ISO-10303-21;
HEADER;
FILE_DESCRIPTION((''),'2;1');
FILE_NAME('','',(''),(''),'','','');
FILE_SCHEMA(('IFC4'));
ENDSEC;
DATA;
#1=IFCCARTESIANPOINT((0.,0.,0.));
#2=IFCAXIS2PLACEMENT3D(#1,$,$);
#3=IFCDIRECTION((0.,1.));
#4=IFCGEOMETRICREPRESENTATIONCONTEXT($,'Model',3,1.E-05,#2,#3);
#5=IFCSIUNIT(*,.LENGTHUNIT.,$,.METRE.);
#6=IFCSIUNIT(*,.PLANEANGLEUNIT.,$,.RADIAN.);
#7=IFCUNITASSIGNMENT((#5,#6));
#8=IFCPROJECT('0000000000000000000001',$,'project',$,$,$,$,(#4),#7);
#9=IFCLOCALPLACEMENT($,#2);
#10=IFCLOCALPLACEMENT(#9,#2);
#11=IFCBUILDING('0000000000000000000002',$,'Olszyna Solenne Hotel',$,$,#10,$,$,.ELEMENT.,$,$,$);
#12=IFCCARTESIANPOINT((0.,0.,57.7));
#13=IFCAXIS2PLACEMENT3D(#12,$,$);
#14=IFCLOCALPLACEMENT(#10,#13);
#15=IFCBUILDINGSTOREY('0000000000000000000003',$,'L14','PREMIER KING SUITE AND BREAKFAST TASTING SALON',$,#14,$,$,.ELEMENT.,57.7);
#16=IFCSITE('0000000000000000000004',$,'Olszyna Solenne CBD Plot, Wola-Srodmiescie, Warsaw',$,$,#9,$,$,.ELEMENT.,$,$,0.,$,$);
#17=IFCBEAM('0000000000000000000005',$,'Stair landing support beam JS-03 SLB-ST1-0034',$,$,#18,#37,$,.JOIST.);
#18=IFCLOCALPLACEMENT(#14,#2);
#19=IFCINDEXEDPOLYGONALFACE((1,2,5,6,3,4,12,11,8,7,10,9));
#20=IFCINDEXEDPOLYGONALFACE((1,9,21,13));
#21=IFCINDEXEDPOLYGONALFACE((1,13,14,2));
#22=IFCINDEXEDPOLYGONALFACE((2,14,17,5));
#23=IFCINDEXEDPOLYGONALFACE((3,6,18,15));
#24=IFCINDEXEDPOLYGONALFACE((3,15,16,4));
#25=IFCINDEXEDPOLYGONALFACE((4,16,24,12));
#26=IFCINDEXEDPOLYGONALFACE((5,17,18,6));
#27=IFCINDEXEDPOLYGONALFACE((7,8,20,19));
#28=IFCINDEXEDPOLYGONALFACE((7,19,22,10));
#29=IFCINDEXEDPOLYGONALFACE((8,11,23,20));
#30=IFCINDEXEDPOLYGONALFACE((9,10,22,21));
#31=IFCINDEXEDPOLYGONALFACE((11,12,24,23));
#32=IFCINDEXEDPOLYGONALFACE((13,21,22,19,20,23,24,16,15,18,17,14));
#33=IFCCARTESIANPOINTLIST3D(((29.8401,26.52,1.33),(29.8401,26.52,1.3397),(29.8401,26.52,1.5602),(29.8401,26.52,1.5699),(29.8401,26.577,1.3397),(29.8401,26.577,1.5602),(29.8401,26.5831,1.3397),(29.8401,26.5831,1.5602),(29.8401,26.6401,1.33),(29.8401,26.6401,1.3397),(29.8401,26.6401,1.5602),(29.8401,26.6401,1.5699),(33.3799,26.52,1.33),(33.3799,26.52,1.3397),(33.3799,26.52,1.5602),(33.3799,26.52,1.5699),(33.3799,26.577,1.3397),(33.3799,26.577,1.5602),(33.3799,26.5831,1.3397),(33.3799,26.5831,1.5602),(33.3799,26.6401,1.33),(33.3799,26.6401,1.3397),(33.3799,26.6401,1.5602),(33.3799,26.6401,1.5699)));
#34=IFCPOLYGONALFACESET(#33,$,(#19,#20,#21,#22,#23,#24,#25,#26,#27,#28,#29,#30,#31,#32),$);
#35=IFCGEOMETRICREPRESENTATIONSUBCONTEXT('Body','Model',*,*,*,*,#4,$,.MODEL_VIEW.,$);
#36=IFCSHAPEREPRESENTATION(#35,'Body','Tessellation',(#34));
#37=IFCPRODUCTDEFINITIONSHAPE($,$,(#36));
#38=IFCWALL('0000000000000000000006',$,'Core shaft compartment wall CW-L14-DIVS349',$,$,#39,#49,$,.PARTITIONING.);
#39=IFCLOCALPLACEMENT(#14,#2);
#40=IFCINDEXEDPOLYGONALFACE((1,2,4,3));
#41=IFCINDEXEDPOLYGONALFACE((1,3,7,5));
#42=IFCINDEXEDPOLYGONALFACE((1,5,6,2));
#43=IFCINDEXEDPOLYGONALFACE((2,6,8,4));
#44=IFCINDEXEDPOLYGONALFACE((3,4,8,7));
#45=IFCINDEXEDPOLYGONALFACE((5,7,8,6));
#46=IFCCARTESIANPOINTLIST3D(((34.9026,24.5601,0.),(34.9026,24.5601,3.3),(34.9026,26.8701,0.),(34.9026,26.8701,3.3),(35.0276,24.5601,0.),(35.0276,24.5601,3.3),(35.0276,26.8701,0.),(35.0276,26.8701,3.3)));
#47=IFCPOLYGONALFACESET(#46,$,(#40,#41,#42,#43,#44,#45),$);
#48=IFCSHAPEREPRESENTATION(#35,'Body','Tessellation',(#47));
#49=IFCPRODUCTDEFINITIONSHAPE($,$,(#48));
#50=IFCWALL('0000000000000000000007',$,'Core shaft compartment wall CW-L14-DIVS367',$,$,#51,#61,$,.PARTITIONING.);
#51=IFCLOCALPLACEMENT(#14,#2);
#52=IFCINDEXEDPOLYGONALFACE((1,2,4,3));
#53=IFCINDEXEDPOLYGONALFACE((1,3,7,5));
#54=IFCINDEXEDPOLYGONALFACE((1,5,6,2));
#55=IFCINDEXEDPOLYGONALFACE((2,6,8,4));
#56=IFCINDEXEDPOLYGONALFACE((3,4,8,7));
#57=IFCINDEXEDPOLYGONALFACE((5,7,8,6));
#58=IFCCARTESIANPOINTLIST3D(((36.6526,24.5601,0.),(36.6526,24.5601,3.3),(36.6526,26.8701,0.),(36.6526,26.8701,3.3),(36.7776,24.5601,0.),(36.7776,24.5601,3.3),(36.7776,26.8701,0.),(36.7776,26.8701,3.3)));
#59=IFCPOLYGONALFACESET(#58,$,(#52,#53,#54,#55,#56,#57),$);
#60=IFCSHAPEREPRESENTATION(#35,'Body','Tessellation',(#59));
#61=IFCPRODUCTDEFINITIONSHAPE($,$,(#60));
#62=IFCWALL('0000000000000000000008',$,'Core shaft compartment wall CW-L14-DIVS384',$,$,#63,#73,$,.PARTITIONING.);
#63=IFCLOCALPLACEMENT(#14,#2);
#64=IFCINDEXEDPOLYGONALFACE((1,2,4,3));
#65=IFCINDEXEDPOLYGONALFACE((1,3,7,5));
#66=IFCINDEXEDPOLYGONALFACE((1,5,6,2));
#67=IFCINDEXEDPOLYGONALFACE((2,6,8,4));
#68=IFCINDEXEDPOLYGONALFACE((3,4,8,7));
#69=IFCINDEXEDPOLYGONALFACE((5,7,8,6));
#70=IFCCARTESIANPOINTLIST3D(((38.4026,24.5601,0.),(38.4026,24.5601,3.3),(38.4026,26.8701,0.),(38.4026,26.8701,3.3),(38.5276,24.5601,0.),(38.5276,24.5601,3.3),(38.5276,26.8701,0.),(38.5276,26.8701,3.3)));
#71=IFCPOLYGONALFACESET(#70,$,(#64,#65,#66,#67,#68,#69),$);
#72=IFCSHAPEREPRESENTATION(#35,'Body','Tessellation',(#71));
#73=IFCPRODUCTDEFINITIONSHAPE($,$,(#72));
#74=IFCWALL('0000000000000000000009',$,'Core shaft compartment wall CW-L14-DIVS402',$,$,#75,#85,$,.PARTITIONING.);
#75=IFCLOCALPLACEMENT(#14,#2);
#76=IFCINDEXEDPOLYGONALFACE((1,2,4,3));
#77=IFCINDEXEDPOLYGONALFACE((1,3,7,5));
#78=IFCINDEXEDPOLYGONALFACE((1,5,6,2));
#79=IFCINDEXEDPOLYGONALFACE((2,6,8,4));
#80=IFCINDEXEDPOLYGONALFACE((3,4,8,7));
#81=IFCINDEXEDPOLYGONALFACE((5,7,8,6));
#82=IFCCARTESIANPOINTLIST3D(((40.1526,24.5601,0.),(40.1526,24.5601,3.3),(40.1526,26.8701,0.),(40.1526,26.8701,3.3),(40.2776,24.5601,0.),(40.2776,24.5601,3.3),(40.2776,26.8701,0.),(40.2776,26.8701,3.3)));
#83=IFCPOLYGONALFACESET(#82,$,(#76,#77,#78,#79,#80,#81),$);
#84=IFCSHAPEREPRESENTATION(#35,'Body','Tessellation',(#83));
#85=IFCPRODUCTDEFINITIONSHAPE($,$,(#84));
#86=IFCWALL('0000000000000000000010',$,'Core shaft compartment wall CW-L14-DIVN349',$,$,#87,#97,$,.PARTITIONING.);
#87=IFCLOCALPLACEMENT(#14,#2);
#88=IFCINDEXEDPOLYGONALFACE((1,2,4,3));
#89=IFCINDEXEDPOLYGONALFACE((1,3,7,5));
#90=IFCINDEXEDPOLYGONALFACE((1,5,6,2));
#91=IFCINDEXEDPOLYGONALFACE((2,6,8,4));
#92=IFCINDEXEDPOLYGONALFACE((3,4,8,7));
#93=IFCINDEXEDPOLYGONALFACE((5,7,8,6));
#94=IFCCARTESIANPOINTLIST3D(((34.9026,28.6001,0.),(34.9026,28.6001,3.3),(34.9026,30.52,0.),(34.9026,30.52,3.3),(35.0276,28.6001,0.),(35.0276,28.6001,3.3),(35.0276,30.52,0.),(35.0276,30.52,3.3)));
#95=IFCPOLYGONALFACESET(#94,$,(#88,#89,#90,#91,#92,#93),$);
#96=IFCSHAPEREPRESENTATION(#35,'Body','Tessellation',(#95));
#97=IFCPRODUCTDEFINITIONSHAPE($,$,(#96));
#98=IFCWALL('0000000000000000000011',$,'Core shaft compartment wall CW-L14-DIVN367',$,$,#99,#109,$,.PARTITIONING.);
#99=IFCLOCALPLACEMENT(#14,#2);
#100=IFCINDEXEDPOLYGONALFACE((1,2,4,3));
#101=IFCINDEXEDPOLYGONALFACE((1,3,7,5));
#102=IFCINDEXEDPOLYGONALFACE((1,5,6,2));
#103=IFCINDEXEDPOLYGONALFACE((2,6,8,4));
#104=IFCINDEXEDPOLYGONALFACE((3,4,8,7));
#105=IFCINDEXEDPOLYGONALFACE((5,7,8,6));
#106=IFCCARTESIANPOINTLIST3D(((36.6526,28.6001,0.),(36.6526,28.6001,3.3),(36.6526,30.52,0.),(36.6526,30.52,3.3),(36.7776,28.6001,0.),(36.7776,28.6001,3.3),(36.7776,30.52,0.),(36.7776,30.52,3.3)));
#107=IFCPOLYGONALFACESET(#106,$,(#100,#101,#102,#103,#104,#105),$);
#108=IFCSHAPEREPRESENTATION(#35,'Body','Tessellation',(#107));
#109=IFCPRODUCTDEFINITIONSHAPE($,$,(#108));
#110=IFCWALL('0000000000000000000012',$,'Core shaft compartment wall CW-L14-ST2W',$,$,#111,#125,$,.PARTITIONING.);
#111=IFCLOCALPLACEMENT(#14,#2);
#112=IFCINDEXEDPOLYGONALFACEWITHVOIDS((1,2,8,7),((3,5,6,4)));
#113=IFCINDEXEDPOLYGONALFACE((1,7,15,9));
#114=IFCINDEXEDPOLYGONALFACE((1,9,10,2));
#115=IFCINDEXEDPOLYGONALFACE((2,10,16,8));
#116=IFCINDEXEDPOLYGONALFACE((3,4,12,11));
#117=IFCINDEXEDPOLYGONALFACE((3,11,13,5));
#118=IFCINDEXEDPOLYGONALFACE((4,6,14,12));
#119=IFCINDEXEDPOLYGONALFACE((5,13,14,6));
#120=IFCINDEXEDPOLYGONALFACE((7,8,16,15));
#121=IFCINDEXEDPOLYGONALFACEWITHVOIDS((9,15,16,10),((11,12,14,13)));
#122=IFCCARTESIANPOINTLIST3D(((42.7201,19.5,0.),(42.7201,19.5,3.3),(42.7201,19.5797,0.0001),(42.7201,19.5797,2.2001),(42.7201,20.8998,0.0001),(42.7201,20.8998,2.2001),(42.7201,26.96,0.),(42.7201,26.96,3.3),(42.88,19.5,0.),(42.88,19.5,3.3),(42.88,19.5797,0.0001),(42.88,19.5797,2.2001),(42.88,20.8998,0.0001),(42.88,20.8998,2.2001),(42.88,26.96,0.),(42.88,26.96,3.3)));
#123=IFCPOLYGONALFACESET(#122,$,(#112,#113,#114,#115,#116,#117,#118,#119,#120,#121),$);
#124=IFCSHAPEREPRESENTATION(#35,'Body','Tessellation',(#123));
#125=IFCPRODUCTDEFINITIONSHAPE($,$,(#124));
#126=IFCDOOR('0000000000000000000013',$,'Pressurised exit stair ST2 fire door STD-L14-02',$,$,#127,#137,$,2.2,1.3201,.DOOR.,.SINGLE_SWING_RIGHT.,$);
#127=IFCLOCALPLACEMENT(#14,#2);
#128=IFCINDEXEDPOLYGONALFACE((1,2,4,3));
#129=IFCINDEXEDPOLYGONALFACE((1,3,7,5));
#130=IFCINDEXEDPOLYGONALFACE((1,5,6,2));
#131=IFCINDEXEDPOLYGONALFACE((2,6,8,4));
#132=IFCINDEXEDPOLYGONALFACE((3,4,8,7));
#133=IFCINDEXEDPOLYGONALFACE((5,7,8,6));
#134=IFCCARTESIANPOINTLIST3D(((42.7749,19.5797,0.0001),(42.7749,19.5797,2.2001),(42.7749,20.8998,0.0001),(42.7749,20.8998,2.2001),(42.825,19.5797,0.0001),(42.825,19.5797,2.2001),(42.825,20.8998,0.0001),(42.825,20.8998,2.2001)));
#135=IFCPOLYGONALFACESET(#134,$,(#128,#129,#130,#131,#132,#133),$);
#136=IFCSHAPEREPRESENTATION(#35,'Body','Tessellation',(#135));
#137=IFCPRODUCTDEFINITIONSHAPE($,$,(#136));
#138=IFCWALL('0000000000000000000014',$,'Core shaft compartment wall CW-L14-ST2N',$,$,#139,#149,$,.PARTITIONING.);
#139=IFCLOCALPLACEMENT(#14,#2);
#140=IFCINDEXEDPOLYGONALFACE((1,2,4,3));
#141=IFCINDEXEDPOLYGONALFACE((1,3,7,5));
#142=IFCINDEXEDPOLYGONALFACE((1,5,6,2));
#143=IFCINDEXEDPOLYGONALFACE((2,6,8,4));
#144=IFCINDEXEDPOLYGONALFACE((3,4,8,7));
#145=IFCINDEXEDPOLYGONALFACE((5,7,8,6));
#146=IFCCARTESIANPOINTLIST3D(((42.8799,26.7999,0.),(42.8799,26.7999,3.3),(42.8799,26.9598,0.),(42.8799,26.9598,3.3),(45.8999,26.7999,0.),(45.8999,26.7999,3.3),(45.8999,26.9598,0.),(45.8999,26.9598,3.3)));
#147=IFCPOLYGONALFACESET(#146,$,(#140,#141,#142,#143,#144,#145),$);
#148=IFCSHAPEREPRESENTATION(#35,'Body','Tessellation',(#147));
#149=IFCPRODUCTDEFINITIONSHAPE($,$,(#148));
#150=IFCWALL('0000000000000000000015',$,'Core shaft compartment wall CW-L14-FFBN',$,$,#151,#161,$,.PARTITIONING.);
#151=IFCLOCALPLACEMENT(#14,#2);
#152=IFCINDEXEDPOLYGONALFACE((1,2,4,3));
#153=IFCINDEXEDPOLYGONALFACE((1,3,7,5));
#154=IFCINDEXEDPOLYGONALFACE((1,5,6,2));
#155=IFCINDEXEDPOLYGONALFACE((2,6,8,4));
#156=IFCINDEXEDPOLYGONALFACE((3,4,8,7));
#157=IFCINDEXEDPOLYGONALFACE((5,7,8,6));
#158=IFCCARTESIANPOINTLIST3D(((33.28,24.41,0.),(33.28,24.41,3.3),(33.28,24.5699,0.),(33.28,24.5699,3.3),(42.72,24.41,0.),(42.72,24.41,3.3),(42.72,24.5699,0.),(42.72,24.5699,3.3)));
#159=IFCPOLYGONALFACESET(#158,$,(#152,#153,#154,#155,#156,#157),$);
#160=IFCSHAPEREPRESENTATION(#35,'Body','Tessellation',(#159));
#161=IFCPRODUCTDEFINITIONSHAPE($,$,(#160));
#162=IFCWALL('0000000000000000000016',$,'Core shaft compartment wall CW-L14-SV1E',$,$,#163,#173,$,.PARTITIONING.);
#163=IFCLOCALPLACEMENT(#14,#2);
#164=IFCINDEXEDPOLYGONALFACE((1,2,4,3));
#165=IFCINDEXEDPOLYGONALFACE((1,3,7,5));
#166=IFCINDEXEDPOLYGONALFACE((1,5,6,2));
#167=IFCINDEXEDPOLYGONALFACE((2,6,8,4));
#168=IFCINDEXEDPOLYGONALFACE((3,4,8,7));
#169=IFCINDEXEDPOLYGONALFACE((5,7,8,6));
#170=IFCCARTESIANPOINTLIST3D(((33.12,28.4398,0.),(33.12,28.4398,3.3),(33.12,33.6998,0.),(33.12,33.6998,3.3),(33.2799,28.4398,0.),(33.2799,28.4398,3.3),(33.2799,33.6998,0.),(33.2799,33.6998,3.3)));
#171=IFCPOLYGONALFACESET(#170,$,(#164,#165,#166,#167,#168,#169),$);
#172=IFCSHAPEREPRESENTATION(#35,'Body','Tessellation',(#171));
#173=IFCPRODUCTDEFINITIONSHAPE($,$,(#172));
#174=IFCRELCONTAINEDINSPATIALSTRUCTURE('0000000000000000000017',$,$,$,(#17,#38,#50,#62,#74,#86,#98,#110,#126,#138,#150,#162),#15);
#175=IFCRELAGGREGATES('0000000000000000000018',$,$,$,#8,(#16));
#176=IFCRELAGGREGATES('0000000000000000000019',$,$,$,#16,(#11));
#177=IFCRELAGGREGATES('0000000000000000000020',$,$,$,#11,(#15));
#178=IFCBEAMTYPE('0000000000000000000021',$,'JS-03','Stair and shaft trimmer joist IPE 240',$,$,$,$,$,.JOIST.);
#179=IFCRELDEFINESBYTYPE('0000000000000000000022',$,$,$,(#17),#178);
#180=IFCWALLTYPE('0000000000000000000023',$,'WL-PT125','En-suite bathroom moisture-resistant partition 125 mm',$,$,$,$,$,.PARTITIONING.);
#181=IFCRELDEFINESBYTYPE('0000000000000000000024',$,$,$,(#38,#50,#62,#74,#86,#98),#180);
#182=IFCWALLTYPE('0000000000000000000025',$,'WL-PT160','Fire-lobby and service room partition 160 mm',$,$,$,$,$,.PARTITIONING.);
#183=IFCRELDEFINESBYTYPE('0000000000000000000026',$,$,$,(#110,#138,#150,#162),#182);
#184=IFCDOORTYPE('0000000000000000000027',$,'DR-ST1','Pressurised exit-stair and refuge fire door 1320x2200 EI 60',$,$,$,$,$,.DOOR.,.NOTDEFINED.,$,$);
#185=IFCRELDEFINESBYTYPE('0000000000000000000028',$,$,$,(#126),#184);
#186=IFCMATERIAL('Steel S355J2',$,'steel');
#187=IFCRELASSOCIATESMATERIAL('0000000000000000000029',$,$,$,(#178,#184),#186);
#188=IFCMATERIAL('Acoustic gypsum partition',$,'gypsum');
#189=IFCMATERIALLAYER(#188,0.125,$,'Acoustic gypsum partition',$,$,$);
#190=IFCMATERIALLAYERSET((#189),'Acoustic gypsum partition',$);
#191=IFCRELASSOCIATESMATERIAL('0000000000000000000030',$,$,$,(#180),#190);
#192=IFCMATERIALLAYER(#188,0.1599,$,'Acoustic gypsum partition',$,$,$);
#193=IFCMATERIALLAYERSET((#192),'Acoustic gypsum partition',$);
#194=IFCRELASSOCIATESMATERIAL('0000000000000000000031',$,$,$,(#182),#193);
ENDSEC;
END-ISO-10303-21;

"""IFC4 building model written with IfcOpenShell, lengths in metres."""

from ifc_helpers import new_model, si_unit, direction, frame, frame_2d, origin, origin_2d, place, context, subcontext, project, spatial, rectangle, i_section, extrude, source, transform, mapped, material, layer, layer_set, material_profile, profile_set, type_object, type_shapes, element, fill, save


model = new_model("IFC4")

# Units and contexts
model_context = context("Model", 3, precision=1e-05, world=origin(), true_north=direction((0.0, 1.0)))
body_context = subcontext(model_context, "Body", "Model", "MODEL_VIEW")
ifc_project = project(units=[si_unit("LENGTHUNIT", "METRE"), si_unit("PLANEANGLEUNIT", "RADIAN")], contexts=[model_context])

# Site, building, storey
site_placement = place(None, origin())
site = spatial("IfcSite", under=ifc_project, at=site_placement, Name="Olszyna Solenne CBD Plot, Wola-Srodmiescie, Warsaw", CompositionType="ELEMENT", RefElevation=0.0)
building_placement = place(site_placement, origin())
building = spatial("IfcBuilding", under=site, at=building_placement, Name="Olszyna Solenne Hotel", CompositionType="ELEMENT")
storey_placement = place(building_placement, frame((0.0, 0.0, 57.7)))
storey = spatial("IfcBuildingStorey", under=building, at=storey_placement, Name="L14", Description="PREMIER KING SUITE AND BREAKFAST TASTING SALON", CompositionType="ELEMENT", Elevation=57.7)

# Beam
ifc_material_1 = material(Name="Steel S355J2", Category="steel")
ifc_material_profile = material_profile(ifc_material_1, i_section(OverallWidth=0.1201, OverallDepth=0.24, WebThickness=0.0061, FlangeThickness=0.0098, at=origin_2d()), Name="IPE 240", Category="load-bearing")
ifc_profile_set = profile_set([ifc_material_profile], Name="Steel S355J2")
beam_type = type_object("IfcBeamType", Name="JS-03", Description="Stair and shaft trimmer joist IPE 240", PredefinedType="JOIST", material=ifc_profile_set)
shared_shape_1 = source(origin(), body_context, "Body", "SweptSolid", [
    extrude(i_section(OverallWidth=0.1201, OverallDepth=0.24, WebThickness=0.0061, FlangeThickness=0.0098, at=origin_2d()), origin(), (0.0, 0.0, 1.0), 3.5398),
])
beam_placement = place(storey_placement, frame((33.3799, 26.5801, 1.45), z_axis=(-1.0, 0.0, 0.0), x_axis=(0.0, -1.0, 0.0)))
element("IfcBeam", 1, at=beam_placement, inside=storey, type_object=beam_type, Name="Stair landing support beam JS-03 SLB-ST1-0034", PredefinedType="JOIST", context=body_context, shape_type="MappedRepresentation", body=[
    mapped(shared_shape_1, transform((0.0, 0.0, 0.0), x_axis=(1.0, 0.0, 0.0), y_axis=(0.0, 1.0, 0.0), z_axis=(0.0, 0.0, 1.0), scale=1.0)),
])

# Walls
ifc_material_2 = material(Name="Acoustic gypsum partition", Category="gypsum")
ifc_layer_1 = layer(ifc_material_2, 0.125, Name="Acoustic gypsum partition")
ifc_layer_set_1 = layer_set([ifc_layer_1], Name="Acoustic gypsum partition")
wall_type_1 = type_object("IfcWallType", Name="WL-PT125", Description="En-suite bathroom moisture-resistant partition 125 mm", PredefinedType="PARTITIONING", material=ifc_layer_set_1)
for number, where, z_axis, x_axis, name in (
    (2, (34.9651, 24.5601, 0.0), (0.0, 0.0, 1.0), (0.0, 1.0, 0.0), "Core shaft compartment wall CW-L14-DIVS349"),
    (3, (36.7151, 24.5601, 0.0), (0.0, 0.0, 1.0), (0.0, 1.0, 0.0), "Core shaft compartment wall CW-L14-DIVS367"),
    (4, (38.4651, 24.5601, 0.0), (0.0, 0.0, 1.0), (0.0, 1.0, 0.0), "Core shaft compartment wall CW-L14-DIVS384"),
    (5, (40.2151, 24.5601, 0.0), (0.0, 0.0, 1.0), (0.0, 1.0, 0.0), "Core shaft compartment wall CW-L14-DIVS402"),
):
    element("IfcWall", number, at=place(storey_placement, frame(where, z_axis=z_axis, x_axis=x_axis)), inside=storey, type_object=wall_type_1, Name=name, PredefinedType="PARTITIONING", context=body_context, shape_type="SweptSolid", body=[
        extrude(rectangle(XDim=2.3101, YDim=0.125, at=frame_2d((1.155, 0.0))), origin(), (0.0, 0.0, 1.0), 3.3),
    ])
for number, where, z_axis, x_axis, name in (
    (6, (34.9651, 28.6001, 0.0), (0.0, 0.0, 1.0), (0.0, 1.0, 0.0), "Core shaft compartment wall CW-L14-DIVN349"),
    (7, (36.7151, 28.6001, 0.0), (0.0, 0.0, 1.0), (0.0, 1.0, 0.0), "Core shaft compartment wall CW-L14-DIVN367"),
):
    element("IfcWall", number, at=place(storey_placement, frame(where, z_axis=z_axis, x_axis=x_axis)), inside=storey, type_object=wall_type_1, Name=name, PredefinedType="PARTITIONING", context=body_context, shape_type="SweptSolid", body=[
        extrude(rectangle(XDim=1.9199, YDim=0.125, at=frame_2d((0.96, 0.0))), origin(), (0.0, 0.0, 1.0), 3.3),
    ])

# Wall, opening, door
ifc_layer_2 = layer(ifc_material_2, 0.1599, Name="Acoustic gypsum partition")
ifc_layer_set_2 = layer_set([ifc_layer_2], Name="Acoustic gypsum partition")
wall_type_2 = type_object("IfcWallType", Name="WL-PT160", Description="Fire-lobby and service room partition 160 mm", PredefinedType="PARTITIONING", material=ifc_layer_set_2)
wall_1_placement = place(storey_placement, frame((42.8, 26.96, 0.0), z_axis=(0.0, 0.0, 1.0), x_axis=(0.0, -1.0, 0.0)))
wall_1 = element("IfcWall", 8, at=wall_1_placement, inside=storey, type_object=wall_type_2, Name="Core shaft compartment wall CW-L14-ST2W", PredefinedType="PARTITIONING", context=body_context, shape_type="SweptSolid", body=[
    extrude(rectangle(XDim=7.46, YDim=0.1599, at=frame_2d((3.73, 0.0))), origin(), (0.0, 0.0, 1.0), 3.3),
])
opening_1_placement = place(wall_1_placement, frame((6.0601, 0.0, 0.0)))
opening_1 = element("IfcOpeningElement", 9, at=opening_1_placement, cuts=wall_1, PredefinedType="OPENING", context=body_context, shape_type="SweptSolid", body=[
    extrude(rectangle(XDim=1.3201, YDim=2.2, at=frame_2d((0.6602, 1.1001))), frame((0.0, 0.0898, 0.0), z_axis=(0.0, -1.0, 0.0), x_axis=(1.0, 0.0, 0.0)), (0.0, 0.0, 1.0), 0.1799),
])
door_type_1 = type_object("IfcDoorType", Name="DR-ST1", Description="Pressurised exit-stair and refuge fire door 1320x2200 EI 60", OperationType="NOTDEFINED", PredefinedType="DOOR", material=ifc_material_1)
shared_shape_2 = source(origin(), body_context, "Body", "SweptSolid", [
    extrude(rectangle(XDim=1.3201, YDim=2.2, at=frame_2d((0.6602, 1.1001))), frame((0.0, 0.0249, 0.0), z_axis=(0.0, -1.0, 0.0), x_axis=(1.0, 0.0, 0.0)), (0.0, 0.0, 1.0), 0.05),
])
type_shapes(door_type_1, [shared_shape_2])
door_1_placement = place(opening_1_placement, origin())
door_1 = element("IfcDoor", 10, at=door_1_placement, inside=storey, type_object=door_type_1, Name="Pressurised exit stair ST2 fire door STD-L14-02", OperationType="SINGLE_SWING_RIGHT", OverallHeight=2.2, OverallWidth=1.3201, PredefinedType="DOOR", context=body_context, shape_type="MappedRepresentation", body=[
    mapped(shared_shape_2, transform((0.0, 0.0, 0.0), x_axis=(1.0, 0.0, 0.0), y_axis=(0.0, 1.0, 0.0), z_axis=(0.0, 0.0, 1.0), scale=1.0)),
])
fill(opening_1, door_1)

# Walls
wall_2_placement = place(storey_placement, frame((42.8799, 26.8799, 0.0), z_axis=(0.0, 0.0, 1.0), x_axis=(1.0, 0.0, 0.0)))
element("IfcWall", 11, at=wall_2_placement, inside=storey, type_object=wall_type_2, Name="Core shaft compartment wall CW-L14-ST2N", PredefinedType="PARTITIONING", context=body_context, shape_type="SweptSolid", body=[
    extrude(rectangle(XDim=3.02, YDim=0.1599, at=frame_2d((1.51, 0.0))), origin(), (0.0, 0.0, 1.0), 3.3),
])
wall_3_placement = place(storey_placement, frame((33.28, 24.49, 0.0), z_axis=(0.0, 0.0, 1.0), x_axis=(1.0, 0.0, 0.0)))
element("IfcWall", 12, at=wall_3_placement, inside=storey, type_object=wall_type_2, Name="Core shaft compartment wall CW-L14-FFBN", PredefinedType="PARTITIONING", context=body_context, shape_type="SweptSolid", body=[
    extrude(rectangle(XDim=9.4399, YDim=0.1599, at=frame_2d((4.72, 0.0))), origin(), (0.0, 0.0, 1.0), 3.3),
])
wall_4_placement = place(storey_placement, frame((33.2, 28.4399, 0.0), z_axis=(0.0, 0.0, 1.0), x_axis=(0.0, 1.0, 0.0)))
element("IfcWall", 13, at=wall_4_placement, inside=storey, type_object=wall_type_2, Name="Core shaft compartment wall CW-L14-SV1E", PredefinedType="PARTITIONING", context=body_context, shape_type="SweptSolid", body=[
    extrude(rectangle(XDim=5.26, YDim=0.1599, at=frame_2d((2.6299, 0.0))), origin(), (0.0, 0.0, 1.0), 3.3),
])

save(model, "model.ifc")
